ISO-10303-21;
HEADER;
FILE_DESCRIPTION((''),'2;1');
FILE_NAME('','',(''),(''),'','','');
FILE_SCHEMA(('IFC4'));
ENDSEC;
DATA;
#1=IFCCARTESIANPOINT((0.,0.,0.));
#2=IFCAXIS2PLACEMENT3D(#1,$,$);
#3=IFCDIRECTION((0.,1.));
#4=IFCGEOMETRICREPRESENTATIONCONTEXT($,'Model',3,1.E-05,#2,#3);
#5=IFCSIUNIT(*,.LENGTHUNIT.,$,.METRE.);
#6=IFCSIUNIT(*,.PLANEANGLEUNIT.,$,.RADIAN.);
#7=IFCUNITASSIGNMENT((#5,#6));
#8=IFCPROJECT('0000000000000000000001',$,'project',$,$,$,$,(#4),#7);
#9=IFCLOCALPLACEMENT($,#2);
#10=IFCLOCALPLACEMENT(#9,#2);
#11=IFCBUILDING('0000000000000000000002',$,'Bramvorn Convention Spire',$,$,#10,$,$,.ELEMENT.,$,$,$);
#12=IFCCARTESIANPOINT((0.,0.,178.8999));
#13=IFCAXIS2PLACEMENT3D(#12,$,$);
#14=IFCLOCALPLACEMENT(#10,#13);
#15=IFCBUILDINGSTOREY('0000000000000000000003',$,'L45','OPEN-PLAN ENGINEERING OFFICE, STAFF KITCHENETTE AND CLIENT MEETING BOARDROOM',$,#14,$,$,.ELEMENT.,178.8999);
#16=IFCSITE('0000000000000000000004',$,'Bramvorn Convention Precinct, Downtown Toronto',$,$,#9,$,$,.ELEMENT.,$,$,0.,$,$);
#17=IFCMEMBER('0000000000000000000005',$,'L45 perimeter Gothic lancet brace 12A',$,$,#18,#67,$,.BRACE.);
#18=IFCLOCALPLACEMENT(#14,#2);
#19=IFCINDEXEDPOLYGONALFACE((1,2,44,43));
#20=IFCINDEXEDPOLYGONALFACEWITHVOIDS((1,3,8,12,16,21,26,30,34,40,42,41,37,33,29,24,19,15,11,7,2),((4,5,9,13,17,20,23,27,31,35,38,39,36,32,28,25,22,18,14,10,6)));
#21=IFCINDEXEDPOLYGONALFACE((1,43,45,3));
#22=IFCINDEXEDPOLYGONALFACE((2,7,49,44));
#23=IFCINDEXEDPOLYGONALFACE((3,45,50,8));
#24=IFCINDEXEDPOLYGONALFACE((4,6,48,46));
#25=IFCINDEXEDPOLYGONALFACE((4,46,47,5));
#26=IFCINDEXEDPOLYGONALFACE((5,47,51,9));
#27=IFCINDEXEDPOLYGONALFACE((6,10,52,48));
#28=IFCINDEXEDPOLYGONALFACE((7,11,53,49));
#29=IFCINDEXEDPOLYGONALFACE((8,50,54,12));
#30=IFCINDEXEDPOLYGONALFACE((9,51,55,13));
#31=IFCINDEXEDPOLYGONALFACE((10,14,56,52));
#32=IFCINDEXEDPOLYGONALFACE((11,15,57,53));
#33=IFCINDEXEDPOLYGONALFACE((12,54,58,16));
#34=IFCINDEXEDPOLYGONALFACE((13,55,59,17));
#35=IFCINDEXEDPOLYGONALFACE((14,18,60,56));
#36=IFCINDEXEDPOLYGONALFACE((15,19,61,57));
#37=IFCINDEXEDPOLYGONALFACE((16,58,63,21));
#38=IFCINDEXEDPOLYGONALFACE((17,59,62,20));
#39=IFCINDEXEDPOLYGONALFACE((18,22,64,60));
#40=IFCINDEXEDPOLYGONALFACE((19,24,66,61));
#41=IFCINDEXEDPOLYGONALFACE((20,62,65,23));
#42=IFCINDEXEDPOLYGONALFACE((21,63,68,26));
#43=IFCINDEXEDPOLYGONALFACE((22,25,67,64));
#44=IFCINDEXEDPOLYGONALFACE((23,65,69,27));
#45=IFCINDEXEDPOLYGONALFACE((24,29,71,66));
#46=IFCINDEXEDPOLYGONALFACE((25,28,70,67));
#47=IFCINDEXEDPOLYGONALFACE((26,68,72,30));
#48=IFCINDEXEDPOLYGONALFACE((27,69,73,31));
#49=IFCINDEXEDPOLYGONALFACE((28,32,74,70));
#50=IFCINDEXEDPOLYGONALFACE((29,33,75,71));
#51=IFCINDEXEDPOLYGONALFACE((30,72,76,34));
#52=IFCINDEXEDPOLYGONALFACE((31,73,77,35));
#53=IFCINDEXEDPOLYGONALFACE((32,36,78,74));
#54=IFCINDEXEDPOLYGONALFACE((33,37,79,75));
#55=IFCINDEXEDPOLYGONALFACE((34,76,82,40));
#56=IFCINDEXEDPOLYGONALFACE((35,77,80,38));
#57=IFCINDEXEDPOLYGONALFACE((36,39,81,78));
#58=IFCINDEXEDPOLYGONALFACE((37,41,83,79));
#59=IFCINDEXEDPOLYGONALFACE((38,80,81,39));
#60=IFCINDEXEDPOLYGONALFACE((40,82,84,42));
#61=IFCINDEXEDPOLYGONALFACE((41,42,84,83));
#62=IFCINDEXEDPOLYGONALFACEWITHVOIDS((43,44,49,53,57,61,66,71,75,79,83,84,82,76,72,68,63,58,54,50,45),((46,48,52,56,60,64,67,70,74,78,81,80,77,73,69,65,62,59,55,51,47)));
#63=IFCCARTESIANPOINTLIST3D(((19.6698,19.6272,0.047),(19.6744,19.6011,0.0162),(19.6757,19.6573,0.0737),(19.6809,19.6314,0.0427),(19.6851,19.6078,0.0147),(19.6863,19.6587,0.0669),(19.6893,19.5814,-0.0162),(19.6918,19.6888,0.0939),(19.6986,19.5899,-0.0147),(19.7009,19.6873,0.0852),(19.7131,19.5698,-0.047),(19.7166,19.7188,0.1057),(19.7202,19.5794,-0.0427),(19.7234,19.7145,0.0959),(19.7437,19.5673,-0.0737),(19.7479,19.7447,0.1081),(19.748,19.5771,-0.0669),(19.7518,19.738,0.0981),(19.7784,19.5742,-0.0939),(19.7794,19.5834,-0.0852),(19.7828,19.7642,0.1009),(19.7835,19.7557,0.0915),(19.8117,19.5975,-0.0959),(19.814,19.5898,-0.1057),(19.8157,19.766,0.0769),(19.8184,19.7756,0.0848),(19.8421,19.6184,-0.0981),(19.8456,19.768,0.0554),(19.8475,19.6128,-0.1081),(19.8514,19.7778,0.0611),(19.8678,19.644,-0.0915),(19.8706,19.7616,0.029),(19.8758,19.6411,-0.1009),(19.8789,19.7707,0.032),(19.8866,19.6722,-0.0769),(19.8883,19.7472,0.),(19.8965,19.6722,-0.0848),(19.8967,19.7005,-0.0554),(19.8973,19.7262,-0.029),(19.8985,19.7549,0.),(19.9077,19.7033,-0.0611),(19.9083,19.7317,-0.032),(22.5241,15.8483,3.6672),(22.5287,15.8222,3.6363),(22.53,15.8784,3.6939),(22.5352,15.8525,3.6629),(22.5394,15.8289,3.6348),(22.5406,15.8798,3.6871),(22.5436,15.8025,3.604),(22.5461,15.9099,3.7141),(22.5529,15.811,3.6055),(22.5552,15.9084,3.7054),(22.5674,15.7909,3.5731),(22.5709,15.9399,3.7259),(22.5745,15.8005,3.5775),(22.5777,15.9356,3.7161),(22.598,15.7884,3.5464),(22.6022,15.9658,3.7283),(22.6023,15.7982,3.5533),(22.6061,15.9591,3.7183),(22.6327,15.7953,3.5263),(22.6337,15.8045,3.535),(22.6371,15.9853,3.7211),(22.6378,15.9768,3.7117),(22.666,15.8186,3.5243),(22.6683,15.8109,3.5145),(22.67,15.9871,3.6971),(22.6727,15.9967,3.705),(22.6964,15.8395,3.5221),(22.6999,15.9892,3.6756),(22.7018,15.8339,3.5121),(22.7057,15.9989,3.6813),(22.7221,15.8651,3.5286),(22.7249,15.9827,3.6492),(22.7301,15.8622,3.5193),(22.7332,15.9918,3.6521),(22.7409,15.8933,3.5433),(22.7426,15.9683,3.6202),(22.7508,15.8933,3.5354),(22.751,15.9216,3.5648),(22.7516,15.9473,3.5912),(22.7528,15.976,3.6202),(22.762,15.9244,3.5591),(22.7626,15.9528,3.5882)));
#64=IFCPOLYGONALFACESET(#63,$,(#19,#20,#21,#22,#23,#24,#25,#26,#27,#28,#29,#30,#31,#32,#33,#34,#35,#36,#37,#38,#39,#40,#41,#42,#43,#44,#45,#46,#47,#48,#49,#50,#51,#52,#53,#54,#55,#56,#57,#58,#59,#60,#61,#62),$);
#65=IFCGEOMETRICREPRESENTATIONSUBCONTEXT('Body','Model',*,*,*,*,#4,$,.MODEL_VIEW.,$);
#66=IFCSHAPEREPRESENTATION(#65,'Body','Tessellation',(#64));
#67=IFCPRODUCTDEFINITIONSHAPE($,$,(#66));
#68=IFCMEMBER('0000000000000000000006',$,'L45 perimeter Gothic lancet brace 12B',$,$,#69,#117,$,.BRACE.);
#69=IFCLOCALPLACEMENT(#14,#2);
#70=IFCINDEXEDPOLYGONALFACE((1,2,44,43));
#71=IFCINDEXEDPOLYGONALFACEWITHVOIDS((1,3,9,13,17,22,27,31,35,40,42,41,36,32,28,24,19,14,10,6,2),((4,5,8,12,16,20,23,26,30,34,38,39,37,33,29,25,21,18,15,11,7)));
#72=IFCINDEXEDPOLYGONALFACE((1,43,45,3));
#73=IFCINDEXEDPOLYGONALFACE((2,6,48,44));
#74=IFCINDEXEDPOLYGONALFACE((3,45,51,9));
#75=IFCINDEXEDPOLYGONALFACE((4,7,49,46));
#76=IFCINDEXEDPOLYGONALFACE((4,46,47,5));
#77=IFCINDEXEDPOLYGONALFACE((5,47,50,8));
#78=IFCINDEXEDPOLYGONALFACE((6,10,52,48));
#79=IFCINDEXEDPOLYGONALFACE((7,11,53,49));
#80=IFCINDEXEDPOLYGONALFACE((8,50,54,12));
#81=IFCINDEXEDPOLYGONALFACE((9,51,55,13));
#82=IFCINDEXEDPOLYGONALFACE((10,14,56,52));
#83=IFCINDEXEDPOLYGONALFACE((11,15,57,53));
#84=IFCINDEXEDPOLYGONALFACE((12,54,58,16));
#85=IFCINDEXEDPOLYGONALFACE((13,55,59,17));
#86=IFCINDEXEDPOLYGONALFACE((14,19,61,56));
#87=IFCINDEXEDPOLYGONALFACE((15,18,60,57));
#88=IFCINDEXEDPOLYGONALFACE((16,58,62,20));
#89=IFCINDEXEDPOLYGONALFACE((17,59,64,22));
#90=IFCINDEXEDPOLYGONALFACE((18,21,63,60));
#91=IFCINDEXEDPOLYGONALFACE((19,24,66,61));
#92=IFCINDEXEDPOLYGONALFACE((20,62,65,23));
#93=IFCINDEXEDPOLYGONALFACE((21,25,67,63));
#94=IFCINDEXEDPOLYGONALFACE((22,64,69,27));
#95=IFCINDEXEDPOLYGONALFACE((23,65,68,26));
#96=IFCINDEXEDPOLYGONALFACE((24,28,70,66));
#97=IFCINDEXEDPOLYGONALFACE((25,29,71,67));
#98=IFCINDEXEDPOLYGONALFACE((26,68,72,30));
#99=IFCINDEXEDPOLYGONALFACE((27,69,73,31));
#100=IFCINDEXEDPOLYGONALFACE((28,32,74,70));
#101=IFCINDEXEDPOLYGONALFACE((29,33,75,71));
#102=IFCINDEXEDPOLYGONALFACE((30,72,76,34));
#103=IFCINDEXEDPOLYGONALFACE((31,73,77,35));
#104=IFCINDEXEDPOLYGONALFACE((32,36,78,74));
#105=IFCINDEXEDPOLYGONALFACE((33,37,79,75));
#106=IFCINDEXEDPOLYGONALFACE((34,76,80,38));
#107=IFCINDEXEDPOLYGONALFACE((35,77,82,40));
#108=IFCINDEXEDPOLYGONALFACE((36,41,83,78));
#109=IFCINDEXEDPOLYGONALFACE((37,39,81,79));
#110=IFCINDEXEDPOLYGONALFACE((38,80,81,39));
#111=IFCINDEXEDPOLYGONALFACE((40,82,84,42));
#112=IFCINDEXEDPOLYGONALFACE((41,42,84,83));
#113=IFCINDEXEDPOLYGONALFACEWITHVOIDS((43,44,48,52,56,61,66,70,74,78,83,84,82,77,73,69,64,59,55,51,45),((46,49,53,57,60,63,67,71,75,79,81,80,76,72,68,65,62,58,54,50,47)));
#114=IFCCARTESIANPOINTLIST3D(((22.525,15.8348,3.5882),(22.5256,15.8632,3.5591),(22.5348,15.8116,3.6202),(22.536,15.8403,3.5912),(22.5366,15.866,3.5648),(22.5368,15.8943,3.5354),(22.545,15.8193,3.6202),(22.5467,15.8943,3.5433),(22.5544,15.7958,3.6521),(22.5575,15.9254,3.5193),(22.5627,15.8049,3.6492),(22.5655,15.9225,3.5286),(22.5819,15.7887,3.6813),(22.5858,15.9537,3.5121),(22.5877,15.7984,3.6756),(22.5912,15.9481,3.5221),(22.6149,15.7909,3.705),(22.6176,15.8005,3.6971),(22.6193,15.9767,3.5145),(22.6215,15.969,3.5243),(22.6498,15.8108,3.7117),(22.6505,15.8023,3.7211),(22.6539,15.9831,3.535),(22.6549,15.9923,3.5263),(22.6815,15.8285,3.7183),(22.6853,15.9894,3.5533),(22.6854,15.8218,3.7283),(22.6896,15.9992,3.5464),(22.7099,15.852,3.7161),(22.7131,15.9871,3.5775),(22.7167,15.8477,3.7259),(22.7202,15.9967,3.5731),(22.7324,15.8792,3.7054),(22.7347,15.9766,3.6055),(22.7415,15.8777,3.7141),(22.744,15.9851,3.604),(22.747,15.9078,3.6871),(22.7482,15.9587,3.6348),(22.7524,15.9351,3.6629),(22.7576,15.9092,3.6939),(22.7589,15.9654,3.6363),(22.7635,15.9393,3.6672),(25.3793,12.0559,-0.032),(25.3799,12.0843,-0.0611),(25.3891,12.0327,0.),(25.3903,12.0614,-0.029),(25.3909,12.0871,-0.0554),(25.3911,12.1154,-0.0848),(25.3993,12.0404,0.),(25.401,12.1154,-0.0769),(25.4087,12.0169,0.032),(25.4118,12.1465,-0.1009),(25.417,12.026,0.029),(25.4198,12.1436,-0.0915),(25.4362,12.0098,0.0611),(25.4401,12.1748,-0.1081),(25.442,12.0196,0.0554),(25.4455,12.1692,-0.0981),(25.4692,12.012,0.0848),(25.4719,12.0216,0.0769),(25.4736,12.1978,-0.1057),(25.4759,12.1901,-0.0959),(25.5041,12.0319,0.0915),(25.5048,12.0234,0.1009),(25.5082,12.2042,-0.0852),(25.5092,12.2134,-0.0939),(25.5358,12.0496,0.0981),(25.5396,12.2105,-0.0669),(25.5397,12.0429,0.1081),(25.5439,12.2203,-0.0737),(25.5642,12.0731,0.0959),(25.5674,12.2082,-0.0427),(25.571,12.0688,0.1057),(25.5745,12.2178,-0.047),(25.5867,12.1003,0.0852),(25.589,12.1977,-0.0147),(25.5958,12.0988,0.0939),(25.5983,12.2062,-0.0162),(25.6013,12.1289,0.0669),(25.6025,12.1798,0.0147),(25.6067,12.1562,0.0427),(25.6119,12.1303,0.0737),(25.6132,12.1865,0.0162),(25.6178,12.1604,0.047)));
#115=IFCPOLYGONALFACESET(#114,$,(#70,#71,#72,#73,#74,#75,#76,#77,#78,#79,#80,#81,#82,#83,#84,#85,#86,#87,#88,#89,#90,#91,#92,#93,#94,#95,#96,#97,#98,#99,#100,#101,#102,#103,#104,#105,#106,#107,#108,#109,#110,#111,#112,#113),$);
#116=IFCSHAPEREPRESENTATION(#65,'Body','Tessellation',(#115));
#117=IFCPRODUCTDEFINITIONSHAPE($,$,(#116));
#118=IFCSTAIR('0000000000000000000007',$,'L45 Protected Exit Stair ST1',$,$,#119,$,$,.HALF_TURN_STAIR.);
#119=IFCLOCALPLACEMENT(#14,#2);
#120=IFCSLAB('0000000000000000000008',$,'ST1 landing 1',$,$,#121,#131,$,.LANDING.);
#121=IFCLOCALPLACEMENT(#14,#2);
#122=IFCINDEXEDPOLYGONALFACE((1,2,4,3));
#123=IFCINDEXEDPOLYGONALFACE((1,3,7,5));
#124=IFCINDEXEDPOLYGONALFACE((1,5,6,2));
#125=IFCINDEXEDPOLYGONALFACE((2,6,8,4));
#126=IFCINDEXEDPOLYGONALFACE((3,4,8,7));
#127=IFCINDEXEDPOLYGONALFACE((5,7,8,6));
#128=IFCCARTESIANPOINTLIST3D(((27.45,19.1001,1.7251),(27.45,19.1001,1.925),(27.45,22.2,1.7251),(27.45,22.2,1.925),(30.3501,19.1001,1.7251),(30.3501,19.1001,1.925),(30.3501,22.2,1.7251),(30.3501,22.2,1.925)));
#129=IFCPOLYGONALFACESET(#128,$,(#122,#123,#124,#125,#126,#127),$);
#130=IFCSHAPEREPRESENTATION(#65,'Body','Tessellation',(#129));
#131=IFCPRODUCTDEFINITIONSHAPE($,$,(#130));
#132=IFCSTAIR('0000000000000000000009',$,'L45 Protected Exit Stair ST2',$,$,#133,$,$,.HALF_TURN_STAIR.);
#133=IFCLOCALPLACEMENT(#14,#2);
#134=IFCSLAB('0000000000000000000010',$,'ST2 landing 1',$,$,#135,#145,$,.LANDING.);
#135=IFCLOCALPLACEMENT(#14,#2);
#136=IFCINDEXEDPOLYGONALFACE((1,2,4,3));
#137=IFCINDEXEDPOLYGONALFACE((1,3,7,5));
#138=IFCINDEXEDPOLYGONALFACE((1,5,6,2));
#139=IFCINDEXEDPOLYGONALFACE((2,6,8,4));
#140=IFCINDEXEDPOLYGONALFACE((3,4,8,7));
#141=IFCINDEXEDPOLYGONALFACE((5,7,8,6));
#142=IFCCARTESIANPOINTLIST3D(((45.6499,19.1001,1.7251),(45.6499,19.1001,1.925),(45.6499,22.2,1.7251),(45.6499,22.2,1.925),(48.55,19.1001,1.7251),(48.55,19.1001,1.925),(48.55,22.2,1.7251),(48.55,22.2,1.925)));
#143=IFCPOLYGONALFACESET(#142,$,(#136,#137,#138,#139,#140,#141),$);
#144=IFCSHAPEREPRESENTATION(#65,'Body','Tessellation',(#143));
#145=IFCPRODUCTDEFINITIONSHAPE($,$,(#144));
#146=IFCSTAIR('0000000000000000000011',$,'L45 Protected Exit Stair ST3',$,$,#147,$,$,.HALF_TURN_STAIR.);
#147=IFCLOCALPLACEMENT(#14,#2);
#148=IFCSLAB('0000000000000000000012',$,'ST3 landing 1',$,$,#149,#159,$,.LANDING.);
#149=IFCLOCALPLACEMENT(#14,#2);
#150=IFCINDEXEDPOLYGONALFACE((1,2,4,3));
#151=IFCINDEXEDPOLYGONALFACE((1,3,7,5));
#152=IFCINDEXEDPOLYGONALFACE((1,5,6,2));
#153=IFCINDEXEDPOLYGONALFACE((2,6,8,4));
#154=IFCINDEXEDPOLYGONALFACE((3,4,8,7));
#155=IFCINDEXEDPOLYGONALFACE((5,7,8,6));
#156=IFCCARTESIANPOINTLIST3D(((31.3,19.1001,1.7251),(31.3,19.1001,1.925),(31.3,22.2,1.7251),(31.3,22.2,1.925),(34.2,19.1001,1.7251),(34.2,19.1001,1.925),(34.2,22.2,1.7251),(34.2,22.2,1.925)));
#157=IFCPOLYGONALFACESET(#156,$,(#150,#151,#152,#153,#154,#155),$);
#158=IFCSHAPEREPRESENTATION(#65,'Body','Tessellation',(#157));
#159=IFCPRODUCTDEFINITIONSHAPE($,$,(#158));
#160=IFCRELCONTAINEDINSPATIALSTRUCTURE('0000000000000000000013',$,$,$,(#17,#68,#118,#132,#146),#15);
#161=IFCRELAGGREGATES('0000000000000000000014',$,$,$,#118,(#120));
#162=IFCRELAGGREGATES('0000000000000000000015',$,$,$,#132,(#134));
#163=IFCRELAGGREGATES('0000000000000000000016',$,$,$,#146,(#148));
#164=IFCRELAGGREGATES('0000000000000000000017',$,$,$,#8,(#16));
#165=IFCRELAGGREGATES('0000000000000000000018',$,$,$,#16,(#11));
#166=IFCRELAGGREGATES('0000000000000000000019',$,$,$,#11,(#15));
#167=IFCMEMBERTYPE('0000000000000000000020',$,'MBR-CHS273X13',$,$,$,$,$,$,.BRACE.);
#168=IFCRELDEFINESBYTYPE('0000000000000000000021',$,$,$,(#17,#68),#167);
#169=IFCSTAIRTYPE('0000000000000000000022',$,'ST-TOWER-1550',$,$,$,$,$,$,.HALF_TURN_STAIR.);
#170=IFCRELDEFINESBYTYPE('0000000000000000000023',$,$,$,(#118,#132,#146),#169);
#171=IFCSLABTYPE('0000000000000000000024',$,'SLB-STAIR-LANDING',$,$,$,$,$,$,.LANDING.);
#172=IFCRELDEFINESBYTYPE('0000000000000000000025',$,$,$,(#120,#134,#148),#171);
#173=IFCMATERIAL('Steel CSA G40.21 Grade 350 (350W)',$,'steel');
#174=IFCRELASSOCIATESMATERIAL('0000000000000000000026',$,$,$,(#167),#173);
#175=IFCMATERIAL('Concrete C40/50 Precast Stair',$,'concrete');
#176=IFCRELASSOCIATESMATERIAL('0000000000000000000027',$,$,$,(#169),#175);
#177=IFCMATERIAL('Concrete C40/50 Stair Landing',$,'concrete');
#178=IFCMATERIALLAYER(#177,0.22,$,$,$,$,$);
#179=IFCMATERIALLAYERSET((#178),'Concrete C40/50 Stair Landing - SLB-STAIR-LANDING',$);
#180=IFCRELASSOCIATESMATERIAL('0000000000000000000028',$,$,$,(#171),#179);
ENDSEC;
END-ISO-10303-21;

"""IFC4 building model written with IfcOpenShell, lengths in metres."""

from ifc_helpers import new_model, si_unit, direction, frame, origin, origin_2d, place, context, subcontext, project, spatial, polyline, hollow_circle, outline, extrude, material, layer, layer_set, material_profile, profile_set, type_object, element, aggregate, save


model = new_model("IFC4")

# Units and contexts
model_context = context("Model", 3, precision=1e-05, world=origin(), true_north=direction((0.0, 1.0)))
body_context = subcontext(model_context, "Body", "Model", "MODEL_VIEW")
ifc_project = project(units=[si_unit("LENGTHUNIT", "METRE"), si_unit("PLANEANGLEUNIT", "RADIAN")], contexts=[model_context])

# Site, building, storey
site_placement = place(None, origin())
site = spatial("IfcSite", under=ifc_project, at=site_placement, Name="Bramvorn Convention Precinct, Downtown Toronto", CompositionType="ELEMENT", RefElevation=0.0)
building_placement = place(site_placement, origin())
building = spatial("IfcBuilding", under=site, at=building_placement, Name="Bramvorn Convention Spire", CompositionType="ELEMENT")
storey_placement = place(building_placement, frame((0.0, 0.0, 178.8999)))
storey = spatial("IfcBuildingStorey", under=building, at=storey_placement, Name="L45", Description="OPEN-PLAN ENGINEERING OFFICE, STAFF KITCHENETTE AND CLIENT MEETING BOARDROOM", CompositionType="ELEMENT", Elevation=178.8999)

# Shared definitions
ifc_material_1 = material(Name="Steel CSA G40.21 Grade 350 (350W)", Category="steel")

# Members
ifc_material_profile_1 = material_profile(ifc_material_1, hollow_circle(Radius=0.1365, WallThickness=0.0127, at=origin_2d()))
ifc_profile_set_1 = profile_set([ifc_material_profile_1], Name="Steel CSA G40.21 Grade 350 (350W) - CHS273X13")
member_type = type_object("IfcMemberType", Name="MBR-CHS273X13", PredefinedType="BRACE", material=ifc_profile_set_1)
for number, where, z_axis, x_axis, name in (
    (1, (19.7896, 19.6726, 0.0), (0.478835, -0.633941, 0.607319), (0.797954, 0.602719, 0.0), "L45 perimeter Gothic lancet brace 12A"),
    (2, (25.498, 12.115, 0.0), (-0.478835, 0.633941, 0.607319), (-0.797954, -0.602719, 0.0), "L45 perimeter Gothic lancet brace 12B"),
):
    element("IfcMember", number, at=place(storey_placement, frame(where, z_axis=z_axis, x_axis=x_axis)), inside=storey, type_object=member_type, Name=name, PredefinedType="BRACE", context=body_context, shape_type="SweptSolid", body=[
        extrude(hollow_circle(Radius=0.1365, WallThickness=0.0127, at=origin_2d()), origin(), (0.0, 0.0, 1.0), 5.9609),
    ])

# Stairs, slabs
ifc_material_2 = material(Name="Concrete C40/50 Precast Stair", Category="concrete")
stair_type = type_object("IfcStairType", Name="ST-TOWER-1550", PredefinedType="HALF_TURN_STAIR", material=ifc_material_2)
stair_1_placement = place(storey_placement, origin())
stair_1 = element("IfcStair", 3, at=stair_1_placement, inside=storey, type_object=stair_type, Name="L45 Protected Exit Stair ST1", PredefinedType="HALF_TURN_STAIR")
ifc_material_3 = material(Name="Concrete C40/50 Stair Landing", Category="concrete")
ifc_layer_1 = layer(ifc_material_3, 0.22)
ifc_layer_set_1 = layer_set([ifc_layer_1], Name="Concrete C40/50 Stair Landing - SLB-STAIR-LANDING")
slab_type_1 = type_object("IfcSlabType", Name="SLB-STAIR-LANDING", PredefinedType="LANDING", material=ifc_layer_set_1)
slab_1_placement = place(storey_placement, frame((0.0, 0.0, 1.7251)))
slab_1 = element("IfcSlab", 4, at=slab_1_placement, type_object=slab_type_1, Name="ST1 landing 1", PredefinedType="LANDING", context=body_context, shape_type="SweptSolid", body=[
    extrude(outline(polyline([(27.45, 22.2), (27.45, 19.1001), (30.3501, 19.1001), (30.3501, 22.2), (27.45, 22.2)])), origin(), (0.0, 0.0, 1.0), 0.2),
])
aggregate(stair_1, [slab_1])
stair_2_placement = place(storey_placement, origin())
stair_2 = element("IfcStair", 5, at=stair_2_placement, inside=storey, type_object=stair_type, Name="L45 Protected Exit Stair ST2", PredefinedType="HALF_TURN_STAIR")
slab_2_placement = place(storey_placement, frame((0.0, 0.0, 1.7251)))
slab_2 = element("IfcSlab", 6, at=slab_2_placement, type_object=slab_type_1, Name="ST2 landing 1", PredefinedType="LANDING", context=body_context, shape_type="SweptSolid", body=[
    extrude(outline(polyline([(45.6499, 22.2), (45.6499, 19.1001), (48.55, 19.1001), (48.55, 22.2), (45.6499, 22.2)])), origin(), (0.0, 0.0, 1.0), 0.2),
])
aggregate(stair_2, [slab_2])
stair_3_placement = place(storey_placement, origin())
stair_3 = element("IfcStair", 7, at=stair_3_placement, inside=storey, type_object=stair_type, Name="L45 Protected Exit Stair ST3", PredefinedType="HALF_TURN_STAIR")
slab_3_placement = place(storey_placement, frame((0.0, 0.0, 1.7251)))
slab_3 = element("IfcSlab", 8, at=slab_3_placement, type_object=slab_type_1, Name="ST3 landing 1", PredefinedType="LANDING", context=body_context, shape_type="SweptSolid", body=[
    extrude(outline(polyline([(31.3, 22.2), (31.3, 19.1001), (34.2, 19.1001), (34.2, 22.2), (31.3, 22.2)])), origin(), (0.0, 0.0, 1.0), 0.2),
])
aggregate(stair_3, [slab_3])

save(model, "model.ifc")
